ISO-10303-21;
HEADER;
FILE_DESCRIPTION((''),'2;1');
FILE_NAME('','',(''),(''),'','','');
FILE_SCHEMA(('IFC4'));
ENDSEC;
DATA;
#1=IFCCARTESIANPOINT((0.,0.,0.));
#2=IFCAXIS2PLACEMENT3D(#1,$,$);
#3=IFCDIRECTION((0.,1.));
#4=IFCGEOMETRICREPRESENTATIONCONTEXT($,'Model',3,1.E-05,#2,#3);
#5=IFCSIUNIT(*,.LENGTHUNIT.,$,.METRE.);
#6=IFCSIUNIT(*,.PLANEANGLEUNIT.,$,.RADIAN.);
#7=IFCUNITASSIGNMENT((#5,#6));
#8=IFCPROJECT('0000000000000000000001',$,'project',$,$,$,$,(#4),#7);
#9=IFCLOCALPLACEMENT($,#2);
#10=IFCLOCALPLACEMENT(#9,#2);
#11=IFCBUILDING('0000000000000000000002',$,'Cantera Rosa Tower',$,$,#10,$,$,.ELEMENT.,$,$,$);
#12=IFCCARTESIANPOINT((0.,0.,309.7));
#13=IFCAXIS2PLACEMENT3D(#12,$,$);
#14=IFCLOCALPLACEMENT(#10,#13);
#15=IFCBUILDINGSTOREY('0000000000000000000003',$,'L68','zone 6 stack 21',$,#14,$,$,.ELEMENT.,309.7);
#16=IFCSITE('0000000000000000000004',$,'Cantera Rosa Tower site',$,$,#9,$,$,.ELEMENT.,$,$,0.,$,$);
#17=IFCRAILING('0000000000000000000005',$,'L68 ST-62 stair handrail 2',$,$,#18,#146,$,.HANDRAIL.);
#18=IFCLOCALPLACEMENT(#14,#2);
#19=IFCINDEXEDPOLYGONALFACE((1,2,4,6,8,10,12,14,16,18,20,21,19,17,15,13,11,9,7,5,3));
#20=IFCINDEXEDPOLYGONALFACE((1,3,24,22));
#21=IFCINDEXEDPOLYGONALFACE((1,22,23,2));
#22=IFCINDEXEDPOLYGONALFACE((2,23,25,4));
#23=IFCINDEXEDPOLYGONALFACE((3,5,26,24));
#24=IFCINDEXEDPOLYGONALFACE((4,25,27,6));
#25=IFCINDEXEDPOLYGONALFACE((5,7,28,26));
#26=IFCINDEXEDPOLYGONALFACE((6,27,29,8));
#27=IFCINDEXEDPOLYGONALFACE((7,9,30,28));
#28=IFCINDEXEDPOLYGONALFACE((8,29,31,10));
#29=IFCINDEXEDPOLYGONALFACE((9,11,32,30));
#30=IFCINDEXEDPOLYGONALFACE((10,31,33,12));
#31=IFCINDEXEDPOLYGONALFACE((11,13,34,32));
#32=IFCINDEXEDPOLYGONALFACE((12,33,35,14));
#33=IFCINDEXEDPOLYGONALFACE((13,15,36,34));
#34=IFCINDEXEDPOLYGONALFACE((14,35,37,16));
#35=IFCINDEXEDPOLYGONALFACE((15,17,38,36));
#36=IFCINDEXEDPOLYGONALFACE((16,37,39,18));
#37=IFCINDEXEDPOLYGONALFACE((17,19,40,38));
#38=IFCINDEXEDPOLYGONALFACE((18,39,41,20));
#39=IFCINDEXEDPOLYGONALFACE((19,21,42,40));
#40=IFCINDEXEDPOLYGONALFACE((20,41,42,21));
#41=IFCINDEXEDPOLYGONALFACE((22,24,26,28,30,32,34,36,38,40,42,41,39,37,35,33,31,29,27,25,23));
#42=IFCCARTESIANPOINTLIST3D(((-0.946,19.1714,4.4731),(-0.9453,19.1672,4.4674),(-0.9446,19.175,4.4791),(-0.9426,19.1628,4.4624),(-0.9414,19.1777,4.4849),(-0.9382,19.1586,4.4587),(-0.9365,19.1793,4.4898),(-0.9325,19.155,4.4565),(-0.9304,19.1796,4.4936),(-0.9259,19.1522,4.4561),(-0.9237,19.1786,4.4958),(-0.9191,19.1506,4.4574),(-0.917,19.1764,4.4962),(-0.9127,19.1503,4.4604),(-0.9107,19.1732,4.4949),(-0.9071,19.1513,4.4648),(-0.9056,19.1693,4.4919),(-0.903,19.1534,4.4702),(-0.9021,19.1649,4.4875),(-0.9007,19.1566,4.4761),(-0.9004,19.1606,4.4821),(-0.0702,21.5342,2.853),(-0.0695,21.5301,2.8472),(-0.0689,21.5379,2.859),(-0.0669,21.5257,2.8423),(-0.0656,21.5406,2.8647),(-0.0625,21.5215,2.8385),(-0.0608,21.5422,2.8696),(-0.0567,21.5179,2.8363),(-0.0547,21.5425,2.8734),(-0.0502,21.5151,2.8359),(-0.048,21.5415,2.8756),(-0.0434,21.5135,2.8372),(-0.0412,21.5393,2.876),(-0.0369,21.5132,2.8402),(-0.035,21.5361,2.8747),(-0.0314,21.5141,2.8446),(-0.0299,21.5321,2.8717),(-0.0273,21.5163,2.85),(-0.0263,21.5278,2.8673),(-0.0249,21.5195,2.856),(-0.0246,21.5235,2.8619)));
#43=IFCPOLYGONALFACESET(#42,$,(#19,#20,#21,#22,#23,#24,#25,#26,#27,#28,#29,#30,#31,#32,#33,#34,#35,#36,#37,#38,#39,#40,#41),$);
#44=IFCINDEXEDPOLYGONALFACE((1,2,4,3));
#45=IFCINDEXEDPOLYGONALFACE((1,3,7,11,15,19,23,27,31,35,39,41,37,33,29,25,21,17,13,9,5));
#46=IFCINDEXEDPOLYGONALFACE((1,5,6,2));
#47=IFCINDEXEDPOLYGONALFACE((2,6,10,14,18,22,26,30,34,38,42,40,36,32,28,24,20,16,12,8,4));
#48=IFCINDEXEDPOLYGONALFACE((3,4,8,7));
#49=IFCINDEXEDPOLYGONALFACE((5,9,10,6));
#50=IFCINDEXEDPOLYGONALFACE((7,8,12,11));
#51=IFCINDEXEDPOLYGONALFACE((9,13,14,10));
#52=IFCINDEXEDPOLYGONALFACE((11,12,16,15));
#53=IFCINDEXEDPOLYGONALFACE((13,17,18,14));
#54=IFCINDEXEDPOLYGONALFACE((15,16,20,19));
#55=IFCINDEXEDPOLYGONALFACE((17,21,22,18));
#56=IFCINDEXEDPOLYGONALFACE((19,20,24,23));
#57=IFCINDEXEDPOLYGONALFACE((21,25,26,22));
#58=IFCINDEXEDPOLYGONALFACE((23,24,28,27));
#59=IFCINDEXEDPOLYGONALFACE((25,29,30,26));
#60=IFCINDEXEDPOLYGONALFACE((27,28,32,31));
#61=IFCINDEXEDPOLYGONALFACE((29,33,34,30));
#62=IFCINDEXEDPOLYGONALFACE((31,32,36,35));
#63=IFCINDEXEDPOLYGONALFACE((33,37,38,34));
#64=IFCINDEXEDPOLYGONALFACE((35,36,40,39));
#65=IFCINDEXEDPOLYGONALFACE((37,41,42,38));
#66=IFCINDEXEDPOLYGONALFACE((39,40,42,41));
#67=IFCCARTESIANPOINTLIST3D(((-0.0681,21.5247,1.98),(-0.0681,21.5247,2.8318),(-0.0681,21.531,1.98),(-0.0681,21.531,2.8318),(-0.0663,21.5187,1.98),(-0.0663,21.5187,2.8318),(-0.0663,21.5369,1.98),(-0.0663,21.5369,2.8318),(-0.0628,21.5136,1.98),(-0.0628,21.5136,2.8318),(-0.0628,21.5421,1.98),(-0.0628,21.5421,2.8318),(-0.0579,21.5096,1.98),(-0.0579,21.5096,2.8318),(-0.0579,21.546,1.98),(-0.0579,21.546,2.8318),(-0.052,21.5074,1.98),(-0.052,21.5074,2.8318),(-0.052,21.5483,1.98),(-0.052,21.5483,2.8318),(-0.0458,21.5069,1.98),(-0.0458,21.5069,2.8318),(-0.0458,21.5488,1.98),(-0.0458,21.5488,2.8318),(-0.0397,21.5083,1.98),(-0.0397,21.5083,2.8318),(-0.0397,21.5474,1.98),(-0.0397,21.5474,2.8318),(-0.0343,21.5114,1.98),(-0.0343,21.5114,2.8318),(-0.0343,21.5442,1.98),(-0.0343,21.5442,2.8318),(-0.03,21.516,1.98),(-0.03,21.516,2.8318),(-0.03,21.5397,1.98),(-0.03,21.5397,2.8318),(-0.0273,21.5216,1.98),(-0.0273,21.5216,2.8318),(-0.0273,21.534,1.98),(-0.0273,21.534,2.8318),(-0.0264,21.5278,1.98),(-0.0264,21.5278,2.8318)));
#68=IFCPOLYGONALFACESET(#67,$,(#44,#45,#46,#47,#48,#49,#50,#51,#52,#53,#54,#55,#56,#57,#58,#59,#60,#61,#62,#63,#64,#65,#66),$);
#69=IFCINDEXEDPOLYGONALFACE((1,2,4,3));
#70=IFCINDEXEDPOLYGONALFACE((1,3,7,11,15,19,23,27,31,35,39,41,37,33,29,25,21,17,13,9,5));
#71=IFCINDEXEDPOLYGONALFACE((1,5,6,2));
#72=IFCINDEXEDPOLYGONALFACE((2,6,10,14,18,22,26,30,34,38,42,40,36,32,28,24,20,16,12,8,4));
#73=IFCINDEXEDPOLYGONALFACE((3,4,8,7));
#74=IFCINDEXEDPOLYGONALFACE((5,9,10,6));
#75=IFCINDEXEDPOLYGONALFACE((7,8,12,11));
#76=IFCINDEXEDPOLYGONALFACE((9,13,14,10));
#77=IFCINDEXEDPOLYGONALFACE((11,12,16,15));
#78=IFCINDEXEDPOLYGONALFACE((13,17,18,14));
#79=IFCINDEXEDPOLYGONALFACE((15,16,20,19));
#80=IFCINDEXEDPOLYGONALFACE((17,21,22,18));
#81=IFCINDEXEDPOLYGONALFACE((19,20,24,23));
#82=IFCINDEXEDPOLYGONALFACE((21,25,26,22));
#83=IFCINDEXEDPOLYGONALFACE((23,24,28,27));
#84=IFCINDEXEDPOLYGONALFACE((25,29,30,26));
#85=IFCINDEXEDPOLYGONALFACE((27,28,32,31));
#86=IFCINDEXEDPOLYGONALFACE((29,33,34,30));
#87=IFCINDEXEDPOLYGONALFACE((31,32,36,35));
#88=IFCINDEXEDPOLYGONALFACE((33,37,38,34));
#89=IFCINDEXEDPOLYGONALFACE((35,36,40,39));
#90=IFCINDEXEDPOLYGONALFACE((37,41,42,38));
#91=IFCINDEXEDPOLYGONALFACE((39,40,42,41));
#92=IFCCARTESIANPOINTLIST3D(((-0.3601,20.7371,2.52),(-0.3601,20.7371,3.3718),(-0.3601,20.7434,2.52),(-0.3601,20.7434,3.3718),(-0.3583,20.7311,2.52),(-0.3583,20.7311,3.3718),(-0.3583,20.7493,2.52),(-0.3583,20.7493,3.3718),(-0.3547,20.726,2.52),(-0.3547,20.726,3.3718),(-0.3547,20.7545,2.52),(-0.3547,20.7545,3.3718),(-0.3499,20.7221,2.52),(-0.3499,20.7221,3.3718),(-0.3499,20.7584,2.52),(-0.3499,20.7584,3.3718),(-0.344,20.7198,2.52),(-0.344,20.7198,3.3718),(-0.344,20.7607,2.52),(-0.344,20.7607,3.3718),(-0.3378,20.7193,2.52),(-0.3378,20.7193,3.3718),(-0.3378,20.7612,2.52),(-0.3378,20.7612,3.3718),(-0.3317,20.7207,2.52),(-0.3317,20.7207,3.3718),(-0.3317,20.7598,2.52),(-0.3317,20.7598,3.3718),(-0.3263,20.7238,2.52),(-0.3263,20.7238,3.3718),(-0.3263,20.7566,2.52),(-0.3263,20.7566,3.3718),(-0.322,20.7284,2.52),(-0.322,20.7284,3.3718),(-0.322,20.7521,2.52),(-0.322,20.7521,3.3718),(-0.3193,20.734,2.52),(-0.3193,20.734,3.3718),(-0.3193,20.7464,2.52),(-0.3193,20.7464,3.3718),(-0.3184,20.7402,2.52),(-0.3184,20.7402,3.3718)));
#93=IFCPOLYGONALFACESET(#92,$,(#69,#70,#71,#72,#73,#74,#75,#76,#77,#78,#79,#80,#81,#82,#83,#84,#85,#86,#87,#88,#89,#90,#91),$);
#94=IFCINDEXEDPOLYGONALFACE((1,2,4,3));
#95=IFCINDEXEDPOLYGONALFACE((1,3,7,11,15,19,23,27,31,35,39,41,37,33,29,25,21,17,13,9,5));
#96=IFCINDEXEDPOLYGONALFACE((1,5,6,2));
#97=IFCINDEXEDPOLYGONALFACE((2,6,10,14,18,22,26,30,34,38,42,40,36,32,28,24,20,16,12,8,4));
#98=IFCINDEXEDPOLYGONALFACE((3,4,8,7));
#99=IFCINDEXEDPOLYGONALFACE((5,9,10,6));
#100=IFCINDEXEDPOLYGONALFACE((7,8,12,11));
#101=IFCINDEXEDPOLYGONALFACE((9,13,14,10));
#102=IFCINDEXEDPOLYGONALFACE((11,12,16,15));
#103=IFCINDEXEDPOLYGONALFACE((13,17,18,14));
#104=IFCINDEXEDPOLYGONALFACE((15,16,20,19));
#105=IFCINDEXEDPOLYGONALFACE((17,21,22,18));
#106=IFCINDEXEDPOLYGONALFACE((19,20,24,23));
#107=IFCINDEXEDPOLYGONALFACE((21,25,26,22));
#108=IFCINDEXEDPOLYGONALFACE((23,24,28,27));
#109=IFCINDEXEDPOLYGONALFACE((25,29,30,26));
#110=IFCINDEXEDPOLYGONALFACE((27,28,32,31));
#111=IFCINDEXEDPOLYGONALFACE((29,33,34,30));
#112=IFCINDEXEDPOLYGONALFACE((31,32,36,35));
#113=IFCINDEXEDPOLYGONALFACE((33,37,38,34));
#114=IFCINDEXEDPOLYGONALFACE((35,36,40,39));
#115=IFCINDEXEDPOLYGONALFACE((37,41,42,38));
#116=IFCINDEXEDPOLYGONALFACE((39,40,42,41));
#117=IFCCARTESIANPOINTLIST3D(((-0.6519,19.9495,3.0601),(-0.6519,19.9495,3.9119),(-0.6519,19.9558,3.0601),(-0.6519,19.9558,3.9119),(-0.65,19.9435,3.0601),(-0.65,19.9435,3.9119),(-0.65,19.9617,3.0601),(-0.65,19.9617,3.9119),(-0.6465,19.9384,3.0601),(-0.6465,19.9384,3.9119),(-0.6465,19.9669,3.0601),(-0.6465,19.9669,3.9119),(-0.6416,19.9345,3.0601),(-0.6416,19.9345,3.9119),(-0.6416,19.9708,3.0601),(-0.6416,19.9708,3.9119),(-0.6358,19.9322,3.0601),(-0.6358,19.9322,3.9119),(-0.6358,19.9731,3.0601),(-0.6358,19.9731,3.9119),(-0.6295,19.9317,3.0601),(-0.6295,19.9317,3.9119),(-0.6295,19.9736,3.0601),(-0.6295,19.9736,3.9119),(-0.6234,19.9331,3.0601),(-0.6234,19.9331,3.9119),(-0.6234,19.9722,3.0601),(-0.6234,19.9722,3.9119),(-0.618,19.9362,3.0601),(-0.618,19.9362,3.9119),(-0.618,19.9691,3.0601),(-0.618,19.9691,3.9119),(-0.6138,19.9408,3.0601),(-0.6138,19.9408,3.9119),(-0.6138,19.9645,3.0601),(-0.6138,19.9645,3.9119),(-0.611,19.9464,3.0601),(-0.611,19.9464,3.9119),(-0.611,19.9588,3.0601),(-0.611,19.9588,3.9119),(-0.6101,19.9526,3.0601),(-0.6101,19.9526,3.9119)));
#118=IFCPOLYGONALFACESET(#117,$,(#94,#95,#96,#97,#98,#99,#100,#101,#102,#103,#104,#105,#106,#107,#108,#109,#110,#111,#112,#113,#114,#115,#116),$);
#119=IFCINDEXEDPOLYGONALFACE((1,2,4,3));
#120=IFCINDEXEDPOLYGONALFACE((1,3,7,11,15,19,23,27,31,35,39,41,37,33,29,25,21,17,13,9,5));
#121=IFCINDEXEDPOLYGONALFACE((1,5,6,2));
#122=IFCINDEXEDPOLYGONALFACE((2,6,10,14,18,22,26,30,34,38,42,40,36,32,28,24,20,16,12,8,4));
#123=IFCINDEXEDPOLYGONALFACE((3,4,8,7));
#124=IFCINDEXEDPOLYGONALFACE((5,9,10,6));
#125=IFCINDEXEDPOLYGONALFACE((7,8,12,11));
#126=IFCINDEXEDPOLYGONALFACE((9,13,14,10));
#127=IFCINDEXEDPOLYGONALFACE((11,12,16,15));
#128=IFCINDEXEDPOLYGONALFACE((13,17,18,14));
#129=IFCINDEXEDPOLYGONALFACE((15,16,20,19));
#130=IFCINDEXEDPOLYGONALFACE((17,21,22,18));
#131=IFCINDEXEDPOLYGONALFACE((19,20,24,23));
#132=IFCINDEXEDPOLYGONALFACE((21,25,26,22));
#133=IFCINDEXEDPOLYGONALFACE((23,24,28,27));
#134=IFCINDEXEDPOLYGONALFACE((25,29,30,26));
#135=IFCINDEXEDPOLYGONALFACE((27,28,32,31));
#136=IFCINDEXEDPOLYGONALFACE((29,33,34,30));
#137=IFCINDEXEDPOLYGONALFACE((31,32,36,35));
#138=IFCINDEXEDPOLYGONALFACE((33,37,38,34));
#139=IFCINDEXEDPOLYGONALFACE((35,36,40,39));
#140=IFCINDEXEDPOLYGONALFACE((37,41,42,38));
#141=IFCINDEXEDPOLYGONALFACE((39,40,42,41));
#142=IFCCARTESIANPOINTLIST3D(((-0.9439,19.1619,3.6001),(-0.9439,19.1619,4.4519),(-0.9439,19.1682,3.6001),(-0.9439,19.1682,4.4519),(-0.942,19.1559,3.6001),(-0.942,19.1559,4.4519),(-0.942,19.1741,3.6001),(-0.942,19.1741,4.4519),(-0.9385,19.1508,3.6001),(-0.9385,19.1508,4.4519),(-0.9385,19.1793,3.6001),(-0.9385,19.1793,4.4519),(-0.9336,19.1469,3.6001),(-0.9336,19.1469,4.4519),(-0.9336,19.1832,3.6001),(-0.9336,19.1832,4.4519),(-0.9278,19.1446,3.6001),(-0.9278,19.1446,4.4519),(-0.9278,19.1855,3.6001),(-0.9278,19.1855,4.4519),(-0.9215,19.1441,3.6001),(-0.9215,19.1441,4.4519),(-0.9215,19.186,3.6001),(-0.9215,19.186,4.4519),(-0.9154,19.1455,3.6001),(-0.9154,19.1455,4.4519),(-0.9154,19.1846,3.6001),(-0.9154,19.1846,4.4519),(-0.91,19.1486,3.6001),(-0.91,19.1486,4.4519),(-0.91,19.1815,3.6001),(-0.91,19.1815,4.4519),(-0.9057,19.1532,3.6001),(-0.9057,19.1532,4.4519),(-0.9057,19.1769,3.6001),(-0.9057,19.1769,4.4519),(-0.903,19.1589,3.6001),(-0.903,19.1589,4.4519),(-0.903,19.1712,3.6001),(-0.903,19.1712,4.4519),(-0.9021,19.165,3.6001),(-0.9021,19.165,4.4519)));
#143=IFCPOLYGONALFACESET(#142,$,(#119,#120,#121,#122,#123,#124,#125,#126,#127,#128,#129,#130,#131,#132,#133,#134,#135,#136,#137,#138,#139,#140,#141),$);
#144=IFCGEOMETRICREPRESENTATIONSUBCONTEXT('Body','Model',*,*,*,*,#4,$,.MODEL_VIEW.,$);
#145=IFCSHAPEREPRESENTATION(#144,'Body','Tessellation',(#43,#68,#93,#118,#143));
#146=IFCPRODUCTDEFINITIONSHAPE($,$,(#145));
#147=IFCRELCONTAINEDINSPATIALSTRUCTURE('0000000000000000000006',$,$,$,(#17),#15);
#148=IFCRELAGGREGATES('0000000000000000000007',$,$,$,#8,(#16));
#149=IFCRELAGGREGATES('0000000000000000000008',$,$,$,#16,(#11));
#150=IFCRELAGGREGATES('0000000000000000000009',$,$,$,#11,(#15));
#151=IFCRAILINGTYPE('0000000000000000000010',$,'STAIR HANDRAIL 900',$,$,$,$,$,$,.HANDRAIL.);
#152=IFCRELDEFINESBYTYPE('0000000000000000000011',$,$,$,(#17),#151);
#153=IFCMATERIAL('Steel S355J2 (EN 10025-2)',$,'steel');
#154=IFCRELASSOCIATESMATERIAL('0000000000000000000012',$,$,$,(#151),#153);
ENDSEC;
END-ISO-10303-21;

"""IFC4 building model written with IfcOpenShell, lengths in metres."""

from ifc_helpers import new_model, si_unit, direction, frame, origin, origin_2d, place, context, subcontext, project, spatial, circle, extrude, material, type_object, element, save


model = new_model("IFC4")

# Units and contexts
model_context = context("Model", 3, precision=1e-05, world=origin(), true_north=direction((0.0, 1.0)))
body_context = subcontext(model_context, "Body", "Model", "MODEL_VIEW")
ifc_project = project(units=[si_unit("LENGTHUNIT", "METRE"), si_unit("PLANEANGLEUNIT", "RADIAN")], contexts=[model_context])

# Site, building, storey
site_placement = place(None, origin())
site = spatial("IfcSite", under=ifc_project, at=site_placement, Name="Cantera Rosa Tower site", CompositionType="ELEMENT", RefElevation=0.0)
building_placement = place(site_placement, origin())
building = spatial("IfcBuilding", under=site, at=building_placement, Name="Cantera Rosa Tower", CompositionType="ELEMENT")
storey_placement = place(building_placement, frame((0.0, 0.0, 309.7)))
storey = spatial("IfcBuildingStorey", under=building, at=storey_placement, Name="L68", Description="zone 6 stack 21", CompositionType="ELEMENT", Elevation=309.7)

# Railing
ifc_material_1 = material(Name="Steel S355J2 (EN 10025-2)", Category="steel")
railing_type_1 = type_object("IfcRailingType", Name="STAIR HANDRAIL 900", PredefinedType="HANDRAIL", material=ifc_material_1)
railing_1_placement = place(storey_placement, frame((-0.0474, 21.5278, 1.98)))
element("IfcRailing", 1, at=railing_1_placement, inside=storey, type_object=railing_type_1, Name="L68 ST-62 stair handrail 2", PredefinedType="HANDRAIL", context=body_context, shape_type="SweptSolid", body=[
    extrude(circle(Radius=0.0239, at=origin_2d()), frame((0.0, 0.0, 0.876), z_axis=(-0.292326, -0.788717, 0.540806), x_axis=(0.937668, -0.347532, 0.0)), (0.0, 0.0, 1.0), 2.9958),
    extrude(circle(Radius=0.021, at=origin_2d()), origin(), (0.0, 0.0, 1.0), 0.8518),
    extrude(circle(Radius=0.021, at=origin_2d()), frame((-0.292, -0.7876, 0.54)), (0.0, 0.0, 1.0), 0.8518),
    extrude(circle(Radius=0.021, at=origin_2d()), frame((-0.5837, -1.5752, 1.0801)), (0.0, 0.0, 1.0), 0.8518),
    extrude(circle(Radius=0.021, at=origin_2d()), frame((-0.8757, -2.3628, 1.6201)), (0.0, 0.0, 1.0), 0.8518),
])

save(model, "model.ifc")
